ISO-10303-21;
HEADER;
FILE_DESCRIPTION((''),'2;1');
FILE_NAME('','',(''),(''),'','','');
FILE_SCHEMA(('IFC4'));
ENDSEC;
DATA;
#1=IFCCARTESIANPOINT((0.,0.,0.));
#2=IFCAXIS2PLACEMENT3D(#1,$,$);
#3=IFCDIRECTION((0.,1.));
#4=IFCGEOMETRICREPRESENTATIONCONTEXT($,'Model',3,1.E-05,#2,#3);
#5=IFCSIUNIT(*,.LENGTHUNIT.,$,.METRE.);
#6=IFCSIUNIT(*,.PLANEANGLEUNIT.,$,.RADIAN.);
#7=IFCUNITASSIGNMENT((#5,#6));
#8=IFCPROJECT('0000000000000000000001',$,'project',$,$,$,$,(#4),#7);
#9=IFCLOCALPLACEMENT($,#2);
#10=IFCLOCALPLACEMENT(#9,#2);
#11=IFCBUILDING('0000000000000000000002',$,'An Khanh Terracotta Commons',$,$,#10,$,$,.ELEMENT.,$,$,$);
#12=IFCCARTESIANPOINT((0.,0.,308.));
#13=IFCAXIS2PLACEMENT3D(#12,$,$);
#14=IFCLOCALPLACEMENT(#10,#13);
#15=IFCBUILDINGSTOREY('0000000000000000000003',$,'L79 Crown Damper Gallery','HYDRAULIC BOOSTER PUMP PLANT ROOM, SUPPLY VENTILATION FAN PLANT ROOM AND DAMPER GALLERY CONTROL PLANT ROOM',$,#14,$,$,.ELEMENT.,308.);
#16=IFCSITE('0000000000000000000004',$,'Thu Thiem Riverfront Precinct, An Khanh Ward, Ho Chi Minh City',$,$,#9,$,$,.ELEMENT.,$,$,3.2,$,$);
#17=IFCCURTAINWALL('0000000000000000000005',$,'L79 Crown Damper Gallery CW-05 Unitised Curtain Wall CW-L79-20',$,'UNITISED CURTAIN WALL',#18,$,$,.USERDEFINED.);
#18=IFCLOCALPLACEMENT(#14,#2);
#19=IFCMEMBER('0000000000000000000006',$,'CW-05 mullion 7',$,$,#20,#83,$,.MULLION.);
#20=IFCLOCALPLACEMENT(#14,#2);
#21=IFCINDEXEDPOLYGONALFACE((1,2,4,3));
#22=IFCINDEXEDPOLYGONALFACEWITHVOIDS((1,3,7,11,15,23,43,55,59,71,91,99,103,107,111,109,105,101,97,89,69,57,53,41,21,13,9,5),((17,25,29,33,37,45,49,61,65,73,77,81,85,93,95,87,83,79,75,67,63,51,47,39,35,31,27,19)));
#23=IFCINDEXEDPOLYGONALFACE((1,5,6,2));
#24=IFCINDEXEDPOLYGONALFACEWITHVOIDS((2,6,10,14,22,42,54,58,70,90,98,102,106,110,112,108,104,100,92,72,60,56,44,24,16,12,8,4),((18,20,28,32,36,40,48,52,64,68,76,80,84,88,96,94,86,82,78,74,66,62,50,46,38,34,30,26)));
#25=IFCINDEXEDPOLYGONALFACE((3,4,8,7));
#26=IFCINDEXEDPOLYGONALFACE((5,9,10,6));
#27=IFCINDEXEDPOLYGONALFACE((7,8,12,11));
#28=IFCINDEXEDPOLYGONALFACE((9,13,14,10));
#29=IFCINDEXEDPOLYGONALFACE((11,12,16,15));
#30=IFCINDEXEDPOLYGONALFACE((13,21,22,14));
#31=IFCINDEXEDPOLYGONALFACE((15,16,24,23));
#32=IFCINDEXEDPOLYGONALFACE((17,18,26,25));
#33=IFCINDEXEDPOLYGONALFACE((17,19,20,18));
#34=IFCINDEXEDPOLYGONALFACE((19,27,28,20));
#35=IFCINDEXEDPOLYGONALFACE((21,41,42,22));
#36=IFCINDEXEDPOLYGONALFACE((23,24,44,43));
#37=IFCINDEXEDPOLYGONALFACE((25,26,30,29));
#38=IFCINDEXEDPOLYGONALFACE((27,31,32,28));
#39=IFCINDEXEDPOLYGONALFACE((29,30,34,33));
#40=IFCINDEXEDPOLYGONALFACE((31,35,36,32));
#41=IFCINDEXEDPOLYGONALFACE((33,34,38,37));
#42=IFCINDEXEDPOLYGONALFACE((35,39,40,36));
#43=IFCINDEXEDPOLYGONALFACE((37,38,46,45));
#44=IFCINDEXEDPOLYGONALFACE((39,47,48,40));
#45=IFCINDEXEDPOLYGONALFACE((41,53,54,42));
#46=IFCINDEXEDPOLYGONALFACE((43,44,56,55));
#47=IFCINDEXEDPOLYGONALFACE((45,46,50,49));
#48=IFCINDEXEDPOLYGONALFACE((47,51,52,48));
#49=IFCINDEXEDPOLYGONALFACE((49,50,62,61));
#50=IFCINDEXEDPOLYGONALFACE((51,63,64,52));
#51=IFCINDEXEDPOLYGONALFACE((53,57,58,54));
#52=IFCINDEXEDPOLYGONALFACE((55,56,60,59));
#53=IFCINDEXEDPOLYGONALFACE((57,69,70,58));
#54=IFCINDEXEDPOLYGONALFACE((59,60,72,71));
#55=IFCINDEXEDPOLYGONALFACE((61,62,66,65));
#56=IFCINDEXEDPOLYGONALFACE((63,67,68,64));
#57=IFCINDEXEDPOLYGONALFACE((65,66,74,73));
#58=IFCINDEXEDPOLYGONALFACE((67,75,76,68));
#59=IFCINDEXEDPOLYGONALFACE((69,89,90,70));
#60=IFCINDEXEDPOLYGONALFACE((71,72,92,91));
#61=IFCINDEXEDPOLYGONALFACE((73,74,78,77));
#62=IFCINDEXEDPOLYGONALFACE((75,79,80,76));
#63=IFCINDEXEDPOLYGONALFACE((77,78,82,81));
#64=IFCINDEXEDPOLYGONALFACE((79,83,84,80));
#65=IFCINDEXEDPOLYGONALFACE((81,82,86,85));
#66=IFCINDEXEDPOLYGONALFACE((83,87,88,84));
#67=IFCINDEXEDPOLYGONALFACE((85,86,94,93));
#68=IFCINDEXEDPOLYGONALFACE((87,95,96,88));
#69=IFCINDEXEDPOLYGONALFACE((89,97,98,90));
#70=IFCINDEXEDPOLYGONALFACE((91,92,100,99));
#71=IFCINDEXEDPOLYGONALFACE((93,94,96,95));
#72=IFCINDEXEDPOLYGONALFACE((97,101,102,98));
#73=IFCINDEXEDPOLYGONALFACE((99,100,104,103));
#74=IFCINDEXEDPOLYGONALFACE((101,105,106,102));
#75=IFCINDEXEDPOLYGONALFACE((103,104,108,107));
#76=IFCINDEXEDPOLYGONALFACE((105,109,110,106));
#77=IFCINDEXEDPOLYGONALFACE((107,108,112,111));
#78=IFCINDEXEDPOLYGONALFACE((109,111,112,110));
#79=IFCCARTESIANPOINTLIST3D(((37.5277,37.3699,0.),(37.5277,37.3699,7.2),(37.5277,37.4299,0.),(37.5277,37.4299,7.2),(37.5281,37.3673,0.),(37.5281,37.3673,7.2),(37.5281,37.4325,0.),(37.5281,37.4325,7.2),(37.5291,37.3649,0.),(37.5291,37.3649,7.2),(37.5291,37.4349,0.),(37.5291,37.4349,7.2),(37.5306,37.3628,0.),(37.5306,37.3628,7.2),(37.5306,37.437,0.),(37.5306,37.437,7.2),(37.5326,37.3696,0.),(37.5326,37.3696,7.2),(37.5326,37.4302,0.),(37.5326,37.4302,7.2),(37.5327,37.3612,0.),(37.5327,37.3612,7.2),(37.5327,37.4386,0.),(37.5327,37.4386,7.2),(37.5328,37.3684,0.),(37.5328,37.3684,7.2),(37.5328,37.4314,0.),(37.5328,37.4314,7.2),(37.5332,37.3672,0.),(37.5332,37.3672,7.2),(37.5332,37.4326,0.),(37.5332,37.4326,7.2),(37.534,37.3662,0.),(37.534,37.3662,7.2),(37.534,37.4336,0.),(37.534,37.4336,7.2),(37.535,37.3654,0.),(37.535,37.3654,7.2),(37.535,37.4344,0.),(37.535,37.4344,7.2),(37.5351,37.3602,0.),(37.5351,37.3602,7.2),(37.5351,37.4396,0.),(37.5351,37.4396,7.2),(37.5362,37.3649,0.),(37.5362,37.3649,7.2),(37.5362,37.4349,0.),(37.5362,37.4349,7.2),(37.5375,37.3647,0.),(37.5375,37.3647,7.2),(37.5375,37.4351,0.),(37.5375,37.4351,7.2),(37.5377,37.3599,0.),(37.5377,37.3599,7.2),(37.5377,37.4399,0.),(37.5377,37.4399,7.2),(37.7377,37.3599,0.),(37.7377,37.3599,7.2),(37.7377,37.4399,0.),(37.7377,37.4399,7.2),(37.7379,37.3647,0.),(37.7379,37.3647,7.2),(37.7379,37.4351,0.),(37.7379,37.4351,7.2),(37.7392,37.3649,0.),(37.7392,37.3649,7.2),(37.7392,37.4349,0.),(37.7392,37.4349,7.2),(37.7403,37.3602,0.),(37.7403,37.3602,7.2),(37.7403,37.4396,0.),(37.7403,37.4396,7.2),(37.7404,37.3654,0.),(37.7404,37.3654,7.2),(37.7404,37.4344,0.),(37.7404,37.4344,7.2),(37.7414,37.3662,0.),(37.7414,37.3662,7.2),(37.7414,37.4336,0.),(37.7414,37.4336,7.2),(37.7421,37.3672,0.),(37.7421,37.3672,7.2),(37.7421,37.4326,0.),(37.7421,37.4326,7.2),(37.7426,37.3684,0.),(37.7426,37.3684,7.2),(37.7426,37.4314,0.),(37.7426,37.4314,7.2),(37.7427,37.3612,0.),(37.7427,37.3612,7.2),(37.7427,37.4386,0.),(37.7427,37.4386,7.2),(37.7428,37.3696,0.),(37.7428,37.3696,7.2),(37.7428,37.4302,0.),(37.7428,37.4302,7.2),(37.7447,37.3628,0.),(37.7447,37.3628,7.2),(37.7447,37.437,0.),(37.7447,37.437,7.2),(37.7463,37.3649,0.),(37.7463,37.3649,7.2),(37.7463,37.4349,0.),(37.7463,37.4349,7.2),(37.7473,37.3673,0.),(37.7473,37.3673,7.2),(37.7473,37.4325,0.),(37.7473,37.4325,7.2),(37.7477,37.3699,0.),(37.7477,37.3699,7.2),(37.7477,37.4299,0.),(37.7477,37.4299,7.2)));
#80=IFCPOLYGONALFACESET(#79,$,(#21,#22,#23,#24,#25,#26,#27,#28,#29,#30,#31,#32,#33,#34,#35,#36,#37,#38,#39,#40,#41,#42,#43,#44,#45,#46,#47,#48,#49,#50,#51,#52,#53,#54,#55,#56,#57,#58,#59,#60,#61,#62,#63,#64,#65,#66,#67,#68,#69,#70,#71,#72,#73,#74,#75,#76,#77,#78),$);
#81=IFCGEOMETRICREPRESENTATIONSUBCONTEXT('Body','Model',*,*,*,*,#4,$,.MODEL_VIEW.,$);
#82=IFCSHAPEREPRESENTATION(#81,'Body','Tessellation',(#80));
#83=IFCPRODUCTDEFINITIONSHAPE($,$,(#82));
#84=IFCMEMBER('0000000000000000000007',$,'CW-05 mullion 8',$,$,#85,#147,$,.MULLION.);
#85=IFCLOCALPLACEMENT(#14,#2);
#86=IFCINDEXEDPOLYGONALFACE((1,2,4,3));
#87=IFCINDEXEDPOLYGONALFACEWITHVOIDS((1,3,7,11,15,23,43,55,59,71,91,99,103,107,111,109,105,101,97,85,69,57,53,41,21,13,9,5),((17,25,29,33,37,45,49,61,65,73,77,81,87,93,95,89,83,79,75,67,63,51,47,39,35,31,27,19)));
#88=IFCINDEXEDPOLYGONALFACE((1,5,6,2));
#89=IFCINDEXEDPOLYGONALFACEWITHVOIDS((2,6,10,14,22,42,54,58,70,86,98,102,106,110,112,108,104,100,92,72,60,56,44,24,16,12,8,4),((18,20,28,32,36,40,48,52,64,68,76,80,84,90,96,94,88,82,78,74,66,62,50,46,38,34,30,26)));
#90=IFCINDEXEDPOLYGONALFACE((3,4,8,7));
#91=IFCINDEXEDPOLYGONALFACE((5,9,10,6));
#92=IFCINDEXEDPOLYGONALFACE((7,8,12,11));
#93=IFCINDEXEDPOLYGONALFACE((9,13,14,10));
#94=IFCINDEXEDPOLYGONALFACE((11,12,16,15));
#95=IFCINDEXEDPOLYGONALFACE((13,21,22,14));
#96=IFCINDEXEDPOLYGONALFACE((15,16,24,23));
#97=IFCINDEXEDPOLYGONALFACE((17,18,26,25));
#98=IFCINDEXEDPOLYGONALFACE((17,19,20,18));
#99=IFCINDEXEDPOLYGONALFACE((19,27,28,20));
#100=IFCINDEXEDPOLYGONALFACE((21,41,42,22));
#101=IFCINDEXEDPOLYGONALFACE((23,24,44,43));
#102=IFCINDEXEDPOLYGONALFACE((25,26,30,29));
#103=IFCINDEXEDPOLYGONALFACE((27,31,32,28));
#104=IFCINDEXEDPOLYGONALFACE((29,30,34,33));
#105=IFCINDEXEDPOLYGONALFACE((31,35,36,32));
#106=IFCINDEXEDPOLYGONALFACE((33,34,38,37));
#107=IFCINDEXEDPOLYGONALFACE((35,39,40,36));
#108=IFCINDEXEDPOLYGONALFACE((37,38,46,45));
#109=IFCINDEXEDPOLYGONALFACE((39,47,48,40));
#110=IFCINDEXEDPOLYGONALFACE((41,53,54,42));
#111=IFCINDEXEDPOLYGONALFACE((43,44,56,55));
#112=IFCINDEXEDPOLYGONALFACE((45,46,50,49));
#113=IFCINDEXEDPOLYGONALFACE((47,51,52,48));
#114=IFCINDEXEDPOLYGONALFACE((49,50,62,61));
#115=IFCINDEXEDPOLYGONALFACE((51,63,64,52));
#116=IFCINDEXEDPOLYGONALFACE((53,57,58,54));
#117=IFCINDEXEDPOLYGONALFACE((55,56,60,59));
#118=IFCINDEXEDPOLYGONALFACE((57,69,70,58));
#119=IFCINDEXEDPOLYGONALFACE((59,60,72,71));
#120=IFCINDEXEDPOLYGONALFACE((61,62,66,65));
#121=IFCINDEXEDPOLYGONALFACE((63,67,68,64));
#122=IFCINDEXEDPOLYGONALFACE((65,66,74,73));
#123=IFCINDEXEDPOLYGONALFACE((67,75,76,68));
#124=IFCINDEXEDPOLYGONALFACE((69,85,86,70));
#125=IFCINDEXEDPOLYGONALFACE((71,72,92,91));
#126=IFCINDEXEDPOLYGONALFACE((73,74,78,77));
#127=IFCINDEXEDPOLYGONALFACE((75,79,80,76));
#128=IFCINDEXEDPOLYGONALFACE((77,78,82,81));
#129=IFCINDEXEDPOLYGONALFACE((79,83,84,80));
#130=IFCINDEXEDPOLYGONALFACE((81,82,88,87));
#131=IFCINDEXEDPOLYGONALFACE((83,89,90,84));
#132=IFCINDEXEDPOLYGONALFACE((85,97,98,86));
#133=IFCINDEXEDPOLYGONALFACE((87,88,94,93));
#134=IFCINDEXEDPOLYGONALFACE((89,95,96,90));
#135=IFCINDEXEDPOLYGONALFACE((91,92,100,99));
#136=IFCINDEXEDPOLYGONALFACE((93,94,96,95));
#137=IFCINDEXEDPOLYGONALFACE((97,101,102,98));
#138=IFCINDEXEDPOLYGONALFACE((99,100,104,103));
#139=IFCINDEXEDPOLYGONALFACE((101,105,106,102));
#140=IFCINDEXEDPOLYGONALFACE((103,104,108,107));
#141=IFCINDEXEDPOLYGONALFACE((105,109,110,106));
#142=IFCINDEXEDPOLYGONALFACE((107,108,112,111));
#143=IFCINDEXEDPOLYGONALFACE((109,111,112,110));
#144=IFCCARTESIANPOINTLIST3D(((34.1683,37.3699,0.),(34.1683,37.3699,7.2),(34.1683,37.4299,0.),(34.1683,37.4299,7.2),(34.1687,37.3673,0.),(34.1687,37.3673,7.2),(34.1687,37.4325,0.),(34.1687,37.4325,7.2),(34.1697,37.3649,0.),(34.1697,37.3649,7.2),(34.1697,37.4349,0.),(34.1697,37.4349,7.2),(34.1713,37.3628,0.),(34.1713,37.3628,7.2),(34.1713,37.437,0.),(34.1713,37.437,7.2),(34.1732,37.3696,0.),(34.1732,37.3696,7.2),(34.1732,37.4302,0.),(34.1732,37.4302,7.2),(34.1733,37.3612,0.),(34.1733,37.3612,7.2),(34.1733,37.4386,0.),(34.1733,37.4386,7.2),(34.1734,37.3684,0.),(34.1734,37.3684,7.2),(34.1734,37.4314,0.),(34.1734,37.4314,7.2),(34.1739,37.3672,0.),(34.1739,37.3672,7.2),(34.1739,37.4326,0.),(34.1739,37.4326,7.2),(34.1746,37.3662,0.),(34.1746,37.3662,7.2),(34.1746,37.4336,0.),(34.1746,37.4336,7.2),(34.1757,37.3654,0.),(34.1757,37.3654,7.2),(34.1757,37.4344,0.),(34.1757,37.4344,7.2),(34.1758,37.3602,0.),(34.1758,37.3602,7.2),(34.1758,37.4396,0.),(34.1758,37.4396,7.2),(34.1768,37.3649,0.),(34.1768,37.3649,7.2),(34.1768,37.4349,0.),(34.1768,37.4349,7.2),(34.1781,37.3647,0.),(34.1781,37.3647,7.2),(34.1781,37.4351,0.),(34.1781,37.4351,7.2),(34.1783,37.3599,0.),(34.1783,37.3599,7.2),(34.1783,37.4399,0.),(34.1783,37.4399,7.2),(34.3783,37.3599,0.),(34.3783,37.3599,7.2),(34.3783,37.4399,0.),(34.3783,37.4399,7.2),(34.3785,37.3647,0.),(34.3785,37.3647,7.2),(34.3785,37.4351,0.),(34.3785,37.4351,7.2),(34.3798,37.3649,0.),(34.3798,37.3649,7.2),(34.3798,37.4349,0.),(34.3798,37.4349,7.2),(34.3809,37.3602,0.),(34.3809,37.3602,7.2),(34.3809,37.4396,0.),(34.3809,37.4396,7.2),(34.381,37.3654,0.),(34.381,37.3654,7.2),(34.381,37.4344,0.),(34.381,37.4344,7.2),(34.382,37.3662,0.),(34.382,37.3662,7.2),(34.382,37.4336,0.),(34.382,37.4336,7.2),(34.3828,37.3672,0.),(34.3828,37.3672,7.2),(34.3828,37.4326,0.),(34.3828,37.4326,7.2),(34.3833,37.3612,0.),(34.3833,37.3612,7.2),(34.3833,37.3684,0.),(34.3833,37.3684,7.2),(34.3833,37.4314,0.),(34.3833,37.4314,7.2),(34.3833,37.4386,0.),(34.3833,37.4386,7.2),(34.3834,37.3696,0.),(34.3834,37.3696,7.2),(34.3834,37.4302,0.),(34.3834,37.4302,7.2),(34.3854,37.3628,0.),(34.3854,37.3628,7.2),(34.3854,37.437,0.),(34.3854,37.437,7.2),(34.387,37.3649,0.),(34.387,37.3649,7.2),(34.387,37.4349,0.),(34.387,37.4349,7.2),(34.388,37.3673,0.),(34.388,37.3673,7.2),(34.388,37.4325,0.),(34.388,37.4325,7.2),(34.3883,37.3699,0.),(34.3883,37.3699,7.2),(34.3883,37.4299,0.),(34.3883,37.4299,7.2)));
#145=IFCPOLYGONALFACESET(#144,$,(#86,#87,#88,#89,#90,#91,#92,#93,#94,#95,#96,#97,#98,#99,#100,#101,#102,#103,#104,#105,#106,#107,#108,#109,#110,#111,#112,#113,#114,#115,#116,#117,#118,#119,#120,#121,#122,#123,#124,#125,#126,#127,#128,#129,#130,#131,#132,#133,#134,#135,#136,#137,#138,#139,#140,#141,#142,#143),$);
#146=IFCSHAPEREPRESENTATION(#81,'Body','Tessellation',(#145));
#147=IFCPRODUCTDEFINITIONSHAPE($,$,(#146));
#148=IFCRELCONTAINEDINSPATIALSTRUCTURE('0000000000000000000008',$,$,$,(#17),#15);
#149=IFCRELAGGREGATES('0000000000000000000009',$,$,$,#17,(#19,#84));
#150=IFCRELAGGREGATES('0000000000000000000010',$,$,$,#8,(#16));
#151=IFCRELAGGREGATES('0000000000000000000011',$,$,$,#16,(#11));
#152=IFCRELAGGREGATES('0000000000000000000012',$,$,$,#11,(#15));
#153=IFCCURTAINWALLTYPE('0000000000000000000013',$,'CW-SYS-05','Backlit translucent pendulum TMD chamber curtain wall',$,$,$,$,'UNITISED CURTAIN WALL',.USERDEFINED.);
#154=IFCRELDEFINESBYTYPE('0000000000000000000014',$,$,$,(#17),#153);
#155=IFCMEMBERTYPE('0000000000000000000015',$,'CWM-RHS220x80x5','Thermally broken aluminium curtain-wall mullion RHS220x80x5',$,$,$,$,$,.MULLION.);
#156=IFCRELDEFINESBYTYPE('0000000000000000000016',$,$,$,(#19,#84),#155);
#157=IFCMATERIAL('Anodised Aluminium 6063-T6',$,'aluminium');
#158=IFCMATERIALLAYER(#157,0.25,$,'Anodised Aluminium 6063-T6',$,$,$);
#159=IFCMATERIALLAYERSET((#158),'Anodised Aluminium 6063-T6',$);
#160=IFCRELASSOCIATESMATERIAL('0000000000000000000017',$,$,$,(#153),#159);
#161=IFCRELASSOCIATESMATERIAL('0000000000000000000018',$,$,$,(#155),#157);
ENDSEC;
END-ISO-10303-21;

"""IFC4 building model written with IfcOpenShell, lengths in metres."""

from ifc_helpers import new_model, si_unit, direction, frame, origin, origin_2d, place, context, subcontext, project, spatial, hollow_rectangle, extrude, material, layer, layer_set, material_profile, profile_set, type_object, element, aggregate, save


model = new_model("IFC4")

# Units and contexts
model_context = context("Model", 3, precision=1e-05, world=origin(), true_north=direction((0.0, 1.0)))
body_context = subcontext(model_context, "Body", "Model", "MODEL_VIEW")
ifc_project = project(units=[si_unit("LENGTHUNIT", "METRE"), si_unit("PLANEANGLEUNIT", "RADIAN")], contexts=[model_context])

# Site, building, storey
site_placement = place(None, origin())
site = spatial("IfcSite", under=ifc_project, at=site_placement, Name="Thu Thiem Riverfront Precinct, An Khanh Ward, Ho Chi Minh City", CompositionType="ELEMENT", RefElevation=3.2)
building_placement = place(site_placement, origin())
building = spatial("IfcBuilding", under=site, at=building_placement, Name="An Khanh Terracotta Commons", CompositionType="ELEMENT")
storey_placement = place(building_placement, frame((0.0, 0.0, 308.0)))
storey = spatial("IfcBuildingStorey", under=building, at=storey_placement, Name="L79 Crown Damper Gallery", Description="HYDRAULIC BOOSTER PUMP PLANT ROOM, SUPPLY VENTILATION FAN PLANT ROOM AND DAMPER GALLERY CONTROL PLANT ROOM", CompositionType="ELEMENT", Elevation=308.0)

# Curtain wall, members
ifc_material_1 = material(Name="Anodised Aluminium 6063-T6", Category="aluminium")
ifc_layer_1 = layer(ifc_material_1, 0.25, Name="Anodised Aluminium 6063-T6")
ifc_layer_set_1 = layer_set([ifc_layer_1], Name="Anodised Aluminium 6063-T6")
curtain_wall_type = type_object("IfcCurtainWallType", Name="CW-SYS-05", Description="Backlit translucent pendulum TMD chamber curtain wall", ElementType="UNITISED CURTAIN WALL", PredefinedType="USERDEFINED", material=ifc_layer_set_1)
curtain_wall_placement = place(storey_placement, origin())
curtain_wall = element("IfcCurtainWall", 1, at=curtain_wall_placement, inside=storey, type_object=curtain_wall_type, Name="L79 Crown Damper Gallery CW-05 Unitised Curtain Wall CW-L79-20", ObjectType="UNITISED CURTAIN WALL", PredefinedType="USERDEFINED")
ifc_material_profile_1 = material_profile(ifc_material_1, hollow_rectangle(XDim=0.0801, YDim=0.22, WallThickness=0.0049, InnerFilletRadius=0.0049, OuterFilletRadius=0.01, at=origin_2d()), Name="RHS220x80x5")
ifc_profile_set_1 = profile_set([ifc_material_profile_1], Name="Anodised Aluminium 6063-T6")
member_type_1 = type_object("IfcMemberType", Name="CWM-RHS220x80x5", Description="Thermally broken aluminium curtain-wall mullion RHS220x80x5", PredefinedType="MULLION", material=ifc_profile_set_1)
member_1_placement = place(storey_placement, frame((37.6377, 37.3999, 0.0), z_axis=(0.0, 0.0, 1.0), x_axis=(0.0, -1.0, 0.0)))
member_1 = element("IfcMember", 2, at=member_1_placement, type_object=member_type_1, Name="CW-05 mullion 7", PredefinedType="MULLION", context=body_context, shape_type="SweptSolid", body=[
    extrude(hollow_rectangle(XDim=0.0801, YDim=0.22, WallThickness=0.0049, InnerFilletRadius=0.0049, OuterFilletRadius=0.01, at=origin_2d()), origin(), (0.0, 0.0, 1.0), 7.2),
])
member_2_placement = place(storey_placement, frame((34.2783, 37.3999, 0.0), z_axis=(0.0, 0.0, 1.0), x_axis=(0.0, -1.0, 0.0)))
member_2 = element("IfcMember", 3, at=member_2_placement, type_object=member_type_1, Name="CW-05 mullion 8", PredefinedType="MULLION", context=body_context, shape_type="SweptSolid", body=[
    extrude(hollow_rectangle(XDim=0.0801, YDim=0.22, WallThickness=0.0049, InnerFilletRadius=0.0049, OuterFilletRadius=0.01, at=origin_2d()), origin(), (0.0, 0.0, 1.0), 7.2),
])
aggregate(curtain_wall, [member_1, member_2])

save(model, "model.ifc")
